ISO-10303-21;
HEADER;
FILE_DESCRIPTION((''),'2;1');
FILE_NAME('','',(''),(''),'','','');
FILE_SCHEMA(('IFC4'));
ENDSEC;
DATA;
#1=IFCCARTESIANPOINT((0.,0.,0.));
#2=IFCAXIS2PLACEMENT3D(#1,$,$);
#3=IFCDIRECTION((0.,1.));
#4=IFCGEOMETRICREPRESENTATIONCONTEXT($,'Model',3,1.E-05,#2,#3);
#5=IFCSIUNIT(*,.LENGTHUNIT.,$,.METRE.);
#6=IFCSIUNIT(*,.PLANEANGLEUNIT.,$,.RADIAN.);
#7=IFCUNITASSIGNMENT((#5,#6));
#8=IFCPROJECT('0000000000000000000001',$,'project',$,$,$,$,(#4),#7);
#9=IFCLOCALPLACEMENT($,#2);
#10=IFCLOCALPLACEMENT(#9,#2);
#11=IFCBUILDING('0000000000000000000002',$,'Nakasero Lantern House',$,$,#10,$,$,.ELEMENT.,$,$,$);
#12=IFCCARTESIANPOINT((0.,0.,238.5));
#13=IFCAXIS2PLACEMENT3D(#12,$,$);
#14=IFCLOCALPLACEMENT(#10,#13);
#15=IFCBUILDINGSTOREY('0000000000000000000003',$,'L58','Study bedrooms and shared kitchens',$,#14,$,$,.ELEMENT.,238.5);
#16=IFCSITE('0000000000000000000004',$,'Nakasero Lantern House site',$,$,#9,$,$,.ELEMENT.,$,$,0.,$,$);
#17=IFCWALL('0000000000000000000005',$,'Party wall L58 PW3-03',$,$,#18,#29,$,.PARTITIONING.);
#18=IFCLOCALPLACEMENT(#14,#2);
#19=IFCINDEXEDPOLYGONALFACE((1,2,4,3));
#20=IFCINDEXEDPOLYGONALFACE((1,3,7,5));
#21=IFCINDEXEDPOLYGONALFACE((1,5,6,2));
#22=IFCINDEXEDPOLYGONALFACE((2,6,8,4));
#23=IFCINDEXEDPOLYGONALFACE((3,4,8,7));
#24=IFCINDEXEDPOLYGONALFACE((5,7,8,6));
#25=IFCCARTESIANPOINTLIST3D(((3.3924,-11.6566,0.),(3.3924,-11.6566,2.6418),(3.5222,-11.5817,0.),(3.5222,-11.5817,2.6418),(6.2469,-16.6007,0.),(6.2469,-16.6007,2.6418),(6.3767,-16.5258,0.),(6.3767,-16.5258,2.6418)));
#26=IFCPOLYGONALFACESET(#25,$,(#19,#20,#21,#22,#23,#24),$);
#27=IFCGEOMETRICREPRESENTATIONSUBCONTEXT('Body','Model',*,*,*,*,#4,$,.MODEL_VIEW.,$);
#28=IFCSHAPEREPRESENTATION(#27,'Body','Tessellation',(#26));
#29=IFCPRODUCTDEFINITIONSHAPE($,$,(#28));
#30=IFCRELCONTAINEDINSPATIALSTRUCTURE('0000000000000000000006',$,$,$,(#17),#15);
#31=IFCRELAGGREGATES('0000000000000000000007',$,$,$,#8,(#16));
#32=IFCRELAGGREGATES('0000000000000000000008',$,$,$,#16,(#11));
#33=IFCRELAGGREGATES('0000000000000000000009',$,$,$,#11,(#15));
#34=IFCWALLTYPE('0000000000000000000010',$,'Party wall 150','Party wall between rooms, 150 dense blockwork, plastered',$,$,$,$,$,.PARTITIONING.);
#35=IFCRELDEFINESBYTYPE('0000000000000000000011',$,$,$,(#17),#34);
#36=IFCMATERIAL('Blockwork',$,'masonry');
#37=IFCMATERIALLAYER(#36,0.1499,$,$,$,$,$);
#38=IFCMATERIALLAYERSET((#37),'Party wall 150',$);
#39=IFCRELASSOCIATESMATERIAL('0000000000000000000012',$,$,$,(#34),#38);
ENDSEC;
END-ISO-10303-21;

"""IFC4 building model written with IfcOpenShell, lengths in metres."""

from ifc_helpers import new_model, si_unit, direction, frame, frame_2d, origin, place, context, subcontext, project, spatial, rectangle, extrude, material, layer, layer_set, type_object, element, save


model = new_model("IFC4")

# Units and contexts
model_context = context("Model", 3, precision=1e-05, world=origin(), true_north=direction((0.0, 1.0)))
body_context = subcontext(model_context, "Body", "Model", "MODEL_VIEW")
ifc_project = project(units=[si_unit("LENGTHUNIT", "METRE"), si_unit("PLANEANGLEUNIT", "RADIAN")], contexts=[model_context])

# Site, building, storey
site_placement = place(None, origin())
site = spatial("IfcSite", under=ifc_project, at=site_placement, Name="Nakasero Lantern House site", CompositionType="ELEMENT", RefElevation=0.0)
building_placement = place(site_placement, origin())
building = spatial("IfcBuilding", under=site, at=building_placement, Name="Nakasero Lantern House", CompositionType="ELEMENT")
storey_placement = place(building_placement, frame((0.0, 0.0, 238.5)))
storey = spatial("IfcBuildingStorey", under=building, at=storey_placement, Name="L58", Description="Study bedrooms and shared kitchens", CompositionType="ELEMENT", Elevation=238.5)

# Wall
ifc_material_1 = material(Name="Blockwork", Category="masonry")
ifc_layer_1 = layer(ifc_material_1, 0.1499)
ifc_layer_set_1 = layer_set([ifc_layer_1], Name="Party wall 150")
wall_type_1 = type_object("IfcWallType", Name="Party wall 150", Description="Party wall between rooms, 150 dense blockwork, plastered", PredefinedType="PARTITIONING", material=ifc_layer_set_1)
wall_1_placement = place(storey_placement, frame((3.4573, -11.6191, 0.0), z_axis=(0.0, 0.0, 1.0), x_axis=(0.500003, -0.866024, 0.0)))
element("IfcWall", 1, at=wall_1_placement, inside=storey, type_object=wall_type_1, Name="Party wall L58 PW3-03", PredefinedType="PARTITIONING", context=body_context, shape_type="SweptSolid", body=[
    extrude(rectangle(XDim=5.709, YDim=0.1499, at=frame_2d((2.8545, 0.0))), origin(), (0.0, 0.0, 1.0), 2.6418),
])

save(model, "model.ifc")
